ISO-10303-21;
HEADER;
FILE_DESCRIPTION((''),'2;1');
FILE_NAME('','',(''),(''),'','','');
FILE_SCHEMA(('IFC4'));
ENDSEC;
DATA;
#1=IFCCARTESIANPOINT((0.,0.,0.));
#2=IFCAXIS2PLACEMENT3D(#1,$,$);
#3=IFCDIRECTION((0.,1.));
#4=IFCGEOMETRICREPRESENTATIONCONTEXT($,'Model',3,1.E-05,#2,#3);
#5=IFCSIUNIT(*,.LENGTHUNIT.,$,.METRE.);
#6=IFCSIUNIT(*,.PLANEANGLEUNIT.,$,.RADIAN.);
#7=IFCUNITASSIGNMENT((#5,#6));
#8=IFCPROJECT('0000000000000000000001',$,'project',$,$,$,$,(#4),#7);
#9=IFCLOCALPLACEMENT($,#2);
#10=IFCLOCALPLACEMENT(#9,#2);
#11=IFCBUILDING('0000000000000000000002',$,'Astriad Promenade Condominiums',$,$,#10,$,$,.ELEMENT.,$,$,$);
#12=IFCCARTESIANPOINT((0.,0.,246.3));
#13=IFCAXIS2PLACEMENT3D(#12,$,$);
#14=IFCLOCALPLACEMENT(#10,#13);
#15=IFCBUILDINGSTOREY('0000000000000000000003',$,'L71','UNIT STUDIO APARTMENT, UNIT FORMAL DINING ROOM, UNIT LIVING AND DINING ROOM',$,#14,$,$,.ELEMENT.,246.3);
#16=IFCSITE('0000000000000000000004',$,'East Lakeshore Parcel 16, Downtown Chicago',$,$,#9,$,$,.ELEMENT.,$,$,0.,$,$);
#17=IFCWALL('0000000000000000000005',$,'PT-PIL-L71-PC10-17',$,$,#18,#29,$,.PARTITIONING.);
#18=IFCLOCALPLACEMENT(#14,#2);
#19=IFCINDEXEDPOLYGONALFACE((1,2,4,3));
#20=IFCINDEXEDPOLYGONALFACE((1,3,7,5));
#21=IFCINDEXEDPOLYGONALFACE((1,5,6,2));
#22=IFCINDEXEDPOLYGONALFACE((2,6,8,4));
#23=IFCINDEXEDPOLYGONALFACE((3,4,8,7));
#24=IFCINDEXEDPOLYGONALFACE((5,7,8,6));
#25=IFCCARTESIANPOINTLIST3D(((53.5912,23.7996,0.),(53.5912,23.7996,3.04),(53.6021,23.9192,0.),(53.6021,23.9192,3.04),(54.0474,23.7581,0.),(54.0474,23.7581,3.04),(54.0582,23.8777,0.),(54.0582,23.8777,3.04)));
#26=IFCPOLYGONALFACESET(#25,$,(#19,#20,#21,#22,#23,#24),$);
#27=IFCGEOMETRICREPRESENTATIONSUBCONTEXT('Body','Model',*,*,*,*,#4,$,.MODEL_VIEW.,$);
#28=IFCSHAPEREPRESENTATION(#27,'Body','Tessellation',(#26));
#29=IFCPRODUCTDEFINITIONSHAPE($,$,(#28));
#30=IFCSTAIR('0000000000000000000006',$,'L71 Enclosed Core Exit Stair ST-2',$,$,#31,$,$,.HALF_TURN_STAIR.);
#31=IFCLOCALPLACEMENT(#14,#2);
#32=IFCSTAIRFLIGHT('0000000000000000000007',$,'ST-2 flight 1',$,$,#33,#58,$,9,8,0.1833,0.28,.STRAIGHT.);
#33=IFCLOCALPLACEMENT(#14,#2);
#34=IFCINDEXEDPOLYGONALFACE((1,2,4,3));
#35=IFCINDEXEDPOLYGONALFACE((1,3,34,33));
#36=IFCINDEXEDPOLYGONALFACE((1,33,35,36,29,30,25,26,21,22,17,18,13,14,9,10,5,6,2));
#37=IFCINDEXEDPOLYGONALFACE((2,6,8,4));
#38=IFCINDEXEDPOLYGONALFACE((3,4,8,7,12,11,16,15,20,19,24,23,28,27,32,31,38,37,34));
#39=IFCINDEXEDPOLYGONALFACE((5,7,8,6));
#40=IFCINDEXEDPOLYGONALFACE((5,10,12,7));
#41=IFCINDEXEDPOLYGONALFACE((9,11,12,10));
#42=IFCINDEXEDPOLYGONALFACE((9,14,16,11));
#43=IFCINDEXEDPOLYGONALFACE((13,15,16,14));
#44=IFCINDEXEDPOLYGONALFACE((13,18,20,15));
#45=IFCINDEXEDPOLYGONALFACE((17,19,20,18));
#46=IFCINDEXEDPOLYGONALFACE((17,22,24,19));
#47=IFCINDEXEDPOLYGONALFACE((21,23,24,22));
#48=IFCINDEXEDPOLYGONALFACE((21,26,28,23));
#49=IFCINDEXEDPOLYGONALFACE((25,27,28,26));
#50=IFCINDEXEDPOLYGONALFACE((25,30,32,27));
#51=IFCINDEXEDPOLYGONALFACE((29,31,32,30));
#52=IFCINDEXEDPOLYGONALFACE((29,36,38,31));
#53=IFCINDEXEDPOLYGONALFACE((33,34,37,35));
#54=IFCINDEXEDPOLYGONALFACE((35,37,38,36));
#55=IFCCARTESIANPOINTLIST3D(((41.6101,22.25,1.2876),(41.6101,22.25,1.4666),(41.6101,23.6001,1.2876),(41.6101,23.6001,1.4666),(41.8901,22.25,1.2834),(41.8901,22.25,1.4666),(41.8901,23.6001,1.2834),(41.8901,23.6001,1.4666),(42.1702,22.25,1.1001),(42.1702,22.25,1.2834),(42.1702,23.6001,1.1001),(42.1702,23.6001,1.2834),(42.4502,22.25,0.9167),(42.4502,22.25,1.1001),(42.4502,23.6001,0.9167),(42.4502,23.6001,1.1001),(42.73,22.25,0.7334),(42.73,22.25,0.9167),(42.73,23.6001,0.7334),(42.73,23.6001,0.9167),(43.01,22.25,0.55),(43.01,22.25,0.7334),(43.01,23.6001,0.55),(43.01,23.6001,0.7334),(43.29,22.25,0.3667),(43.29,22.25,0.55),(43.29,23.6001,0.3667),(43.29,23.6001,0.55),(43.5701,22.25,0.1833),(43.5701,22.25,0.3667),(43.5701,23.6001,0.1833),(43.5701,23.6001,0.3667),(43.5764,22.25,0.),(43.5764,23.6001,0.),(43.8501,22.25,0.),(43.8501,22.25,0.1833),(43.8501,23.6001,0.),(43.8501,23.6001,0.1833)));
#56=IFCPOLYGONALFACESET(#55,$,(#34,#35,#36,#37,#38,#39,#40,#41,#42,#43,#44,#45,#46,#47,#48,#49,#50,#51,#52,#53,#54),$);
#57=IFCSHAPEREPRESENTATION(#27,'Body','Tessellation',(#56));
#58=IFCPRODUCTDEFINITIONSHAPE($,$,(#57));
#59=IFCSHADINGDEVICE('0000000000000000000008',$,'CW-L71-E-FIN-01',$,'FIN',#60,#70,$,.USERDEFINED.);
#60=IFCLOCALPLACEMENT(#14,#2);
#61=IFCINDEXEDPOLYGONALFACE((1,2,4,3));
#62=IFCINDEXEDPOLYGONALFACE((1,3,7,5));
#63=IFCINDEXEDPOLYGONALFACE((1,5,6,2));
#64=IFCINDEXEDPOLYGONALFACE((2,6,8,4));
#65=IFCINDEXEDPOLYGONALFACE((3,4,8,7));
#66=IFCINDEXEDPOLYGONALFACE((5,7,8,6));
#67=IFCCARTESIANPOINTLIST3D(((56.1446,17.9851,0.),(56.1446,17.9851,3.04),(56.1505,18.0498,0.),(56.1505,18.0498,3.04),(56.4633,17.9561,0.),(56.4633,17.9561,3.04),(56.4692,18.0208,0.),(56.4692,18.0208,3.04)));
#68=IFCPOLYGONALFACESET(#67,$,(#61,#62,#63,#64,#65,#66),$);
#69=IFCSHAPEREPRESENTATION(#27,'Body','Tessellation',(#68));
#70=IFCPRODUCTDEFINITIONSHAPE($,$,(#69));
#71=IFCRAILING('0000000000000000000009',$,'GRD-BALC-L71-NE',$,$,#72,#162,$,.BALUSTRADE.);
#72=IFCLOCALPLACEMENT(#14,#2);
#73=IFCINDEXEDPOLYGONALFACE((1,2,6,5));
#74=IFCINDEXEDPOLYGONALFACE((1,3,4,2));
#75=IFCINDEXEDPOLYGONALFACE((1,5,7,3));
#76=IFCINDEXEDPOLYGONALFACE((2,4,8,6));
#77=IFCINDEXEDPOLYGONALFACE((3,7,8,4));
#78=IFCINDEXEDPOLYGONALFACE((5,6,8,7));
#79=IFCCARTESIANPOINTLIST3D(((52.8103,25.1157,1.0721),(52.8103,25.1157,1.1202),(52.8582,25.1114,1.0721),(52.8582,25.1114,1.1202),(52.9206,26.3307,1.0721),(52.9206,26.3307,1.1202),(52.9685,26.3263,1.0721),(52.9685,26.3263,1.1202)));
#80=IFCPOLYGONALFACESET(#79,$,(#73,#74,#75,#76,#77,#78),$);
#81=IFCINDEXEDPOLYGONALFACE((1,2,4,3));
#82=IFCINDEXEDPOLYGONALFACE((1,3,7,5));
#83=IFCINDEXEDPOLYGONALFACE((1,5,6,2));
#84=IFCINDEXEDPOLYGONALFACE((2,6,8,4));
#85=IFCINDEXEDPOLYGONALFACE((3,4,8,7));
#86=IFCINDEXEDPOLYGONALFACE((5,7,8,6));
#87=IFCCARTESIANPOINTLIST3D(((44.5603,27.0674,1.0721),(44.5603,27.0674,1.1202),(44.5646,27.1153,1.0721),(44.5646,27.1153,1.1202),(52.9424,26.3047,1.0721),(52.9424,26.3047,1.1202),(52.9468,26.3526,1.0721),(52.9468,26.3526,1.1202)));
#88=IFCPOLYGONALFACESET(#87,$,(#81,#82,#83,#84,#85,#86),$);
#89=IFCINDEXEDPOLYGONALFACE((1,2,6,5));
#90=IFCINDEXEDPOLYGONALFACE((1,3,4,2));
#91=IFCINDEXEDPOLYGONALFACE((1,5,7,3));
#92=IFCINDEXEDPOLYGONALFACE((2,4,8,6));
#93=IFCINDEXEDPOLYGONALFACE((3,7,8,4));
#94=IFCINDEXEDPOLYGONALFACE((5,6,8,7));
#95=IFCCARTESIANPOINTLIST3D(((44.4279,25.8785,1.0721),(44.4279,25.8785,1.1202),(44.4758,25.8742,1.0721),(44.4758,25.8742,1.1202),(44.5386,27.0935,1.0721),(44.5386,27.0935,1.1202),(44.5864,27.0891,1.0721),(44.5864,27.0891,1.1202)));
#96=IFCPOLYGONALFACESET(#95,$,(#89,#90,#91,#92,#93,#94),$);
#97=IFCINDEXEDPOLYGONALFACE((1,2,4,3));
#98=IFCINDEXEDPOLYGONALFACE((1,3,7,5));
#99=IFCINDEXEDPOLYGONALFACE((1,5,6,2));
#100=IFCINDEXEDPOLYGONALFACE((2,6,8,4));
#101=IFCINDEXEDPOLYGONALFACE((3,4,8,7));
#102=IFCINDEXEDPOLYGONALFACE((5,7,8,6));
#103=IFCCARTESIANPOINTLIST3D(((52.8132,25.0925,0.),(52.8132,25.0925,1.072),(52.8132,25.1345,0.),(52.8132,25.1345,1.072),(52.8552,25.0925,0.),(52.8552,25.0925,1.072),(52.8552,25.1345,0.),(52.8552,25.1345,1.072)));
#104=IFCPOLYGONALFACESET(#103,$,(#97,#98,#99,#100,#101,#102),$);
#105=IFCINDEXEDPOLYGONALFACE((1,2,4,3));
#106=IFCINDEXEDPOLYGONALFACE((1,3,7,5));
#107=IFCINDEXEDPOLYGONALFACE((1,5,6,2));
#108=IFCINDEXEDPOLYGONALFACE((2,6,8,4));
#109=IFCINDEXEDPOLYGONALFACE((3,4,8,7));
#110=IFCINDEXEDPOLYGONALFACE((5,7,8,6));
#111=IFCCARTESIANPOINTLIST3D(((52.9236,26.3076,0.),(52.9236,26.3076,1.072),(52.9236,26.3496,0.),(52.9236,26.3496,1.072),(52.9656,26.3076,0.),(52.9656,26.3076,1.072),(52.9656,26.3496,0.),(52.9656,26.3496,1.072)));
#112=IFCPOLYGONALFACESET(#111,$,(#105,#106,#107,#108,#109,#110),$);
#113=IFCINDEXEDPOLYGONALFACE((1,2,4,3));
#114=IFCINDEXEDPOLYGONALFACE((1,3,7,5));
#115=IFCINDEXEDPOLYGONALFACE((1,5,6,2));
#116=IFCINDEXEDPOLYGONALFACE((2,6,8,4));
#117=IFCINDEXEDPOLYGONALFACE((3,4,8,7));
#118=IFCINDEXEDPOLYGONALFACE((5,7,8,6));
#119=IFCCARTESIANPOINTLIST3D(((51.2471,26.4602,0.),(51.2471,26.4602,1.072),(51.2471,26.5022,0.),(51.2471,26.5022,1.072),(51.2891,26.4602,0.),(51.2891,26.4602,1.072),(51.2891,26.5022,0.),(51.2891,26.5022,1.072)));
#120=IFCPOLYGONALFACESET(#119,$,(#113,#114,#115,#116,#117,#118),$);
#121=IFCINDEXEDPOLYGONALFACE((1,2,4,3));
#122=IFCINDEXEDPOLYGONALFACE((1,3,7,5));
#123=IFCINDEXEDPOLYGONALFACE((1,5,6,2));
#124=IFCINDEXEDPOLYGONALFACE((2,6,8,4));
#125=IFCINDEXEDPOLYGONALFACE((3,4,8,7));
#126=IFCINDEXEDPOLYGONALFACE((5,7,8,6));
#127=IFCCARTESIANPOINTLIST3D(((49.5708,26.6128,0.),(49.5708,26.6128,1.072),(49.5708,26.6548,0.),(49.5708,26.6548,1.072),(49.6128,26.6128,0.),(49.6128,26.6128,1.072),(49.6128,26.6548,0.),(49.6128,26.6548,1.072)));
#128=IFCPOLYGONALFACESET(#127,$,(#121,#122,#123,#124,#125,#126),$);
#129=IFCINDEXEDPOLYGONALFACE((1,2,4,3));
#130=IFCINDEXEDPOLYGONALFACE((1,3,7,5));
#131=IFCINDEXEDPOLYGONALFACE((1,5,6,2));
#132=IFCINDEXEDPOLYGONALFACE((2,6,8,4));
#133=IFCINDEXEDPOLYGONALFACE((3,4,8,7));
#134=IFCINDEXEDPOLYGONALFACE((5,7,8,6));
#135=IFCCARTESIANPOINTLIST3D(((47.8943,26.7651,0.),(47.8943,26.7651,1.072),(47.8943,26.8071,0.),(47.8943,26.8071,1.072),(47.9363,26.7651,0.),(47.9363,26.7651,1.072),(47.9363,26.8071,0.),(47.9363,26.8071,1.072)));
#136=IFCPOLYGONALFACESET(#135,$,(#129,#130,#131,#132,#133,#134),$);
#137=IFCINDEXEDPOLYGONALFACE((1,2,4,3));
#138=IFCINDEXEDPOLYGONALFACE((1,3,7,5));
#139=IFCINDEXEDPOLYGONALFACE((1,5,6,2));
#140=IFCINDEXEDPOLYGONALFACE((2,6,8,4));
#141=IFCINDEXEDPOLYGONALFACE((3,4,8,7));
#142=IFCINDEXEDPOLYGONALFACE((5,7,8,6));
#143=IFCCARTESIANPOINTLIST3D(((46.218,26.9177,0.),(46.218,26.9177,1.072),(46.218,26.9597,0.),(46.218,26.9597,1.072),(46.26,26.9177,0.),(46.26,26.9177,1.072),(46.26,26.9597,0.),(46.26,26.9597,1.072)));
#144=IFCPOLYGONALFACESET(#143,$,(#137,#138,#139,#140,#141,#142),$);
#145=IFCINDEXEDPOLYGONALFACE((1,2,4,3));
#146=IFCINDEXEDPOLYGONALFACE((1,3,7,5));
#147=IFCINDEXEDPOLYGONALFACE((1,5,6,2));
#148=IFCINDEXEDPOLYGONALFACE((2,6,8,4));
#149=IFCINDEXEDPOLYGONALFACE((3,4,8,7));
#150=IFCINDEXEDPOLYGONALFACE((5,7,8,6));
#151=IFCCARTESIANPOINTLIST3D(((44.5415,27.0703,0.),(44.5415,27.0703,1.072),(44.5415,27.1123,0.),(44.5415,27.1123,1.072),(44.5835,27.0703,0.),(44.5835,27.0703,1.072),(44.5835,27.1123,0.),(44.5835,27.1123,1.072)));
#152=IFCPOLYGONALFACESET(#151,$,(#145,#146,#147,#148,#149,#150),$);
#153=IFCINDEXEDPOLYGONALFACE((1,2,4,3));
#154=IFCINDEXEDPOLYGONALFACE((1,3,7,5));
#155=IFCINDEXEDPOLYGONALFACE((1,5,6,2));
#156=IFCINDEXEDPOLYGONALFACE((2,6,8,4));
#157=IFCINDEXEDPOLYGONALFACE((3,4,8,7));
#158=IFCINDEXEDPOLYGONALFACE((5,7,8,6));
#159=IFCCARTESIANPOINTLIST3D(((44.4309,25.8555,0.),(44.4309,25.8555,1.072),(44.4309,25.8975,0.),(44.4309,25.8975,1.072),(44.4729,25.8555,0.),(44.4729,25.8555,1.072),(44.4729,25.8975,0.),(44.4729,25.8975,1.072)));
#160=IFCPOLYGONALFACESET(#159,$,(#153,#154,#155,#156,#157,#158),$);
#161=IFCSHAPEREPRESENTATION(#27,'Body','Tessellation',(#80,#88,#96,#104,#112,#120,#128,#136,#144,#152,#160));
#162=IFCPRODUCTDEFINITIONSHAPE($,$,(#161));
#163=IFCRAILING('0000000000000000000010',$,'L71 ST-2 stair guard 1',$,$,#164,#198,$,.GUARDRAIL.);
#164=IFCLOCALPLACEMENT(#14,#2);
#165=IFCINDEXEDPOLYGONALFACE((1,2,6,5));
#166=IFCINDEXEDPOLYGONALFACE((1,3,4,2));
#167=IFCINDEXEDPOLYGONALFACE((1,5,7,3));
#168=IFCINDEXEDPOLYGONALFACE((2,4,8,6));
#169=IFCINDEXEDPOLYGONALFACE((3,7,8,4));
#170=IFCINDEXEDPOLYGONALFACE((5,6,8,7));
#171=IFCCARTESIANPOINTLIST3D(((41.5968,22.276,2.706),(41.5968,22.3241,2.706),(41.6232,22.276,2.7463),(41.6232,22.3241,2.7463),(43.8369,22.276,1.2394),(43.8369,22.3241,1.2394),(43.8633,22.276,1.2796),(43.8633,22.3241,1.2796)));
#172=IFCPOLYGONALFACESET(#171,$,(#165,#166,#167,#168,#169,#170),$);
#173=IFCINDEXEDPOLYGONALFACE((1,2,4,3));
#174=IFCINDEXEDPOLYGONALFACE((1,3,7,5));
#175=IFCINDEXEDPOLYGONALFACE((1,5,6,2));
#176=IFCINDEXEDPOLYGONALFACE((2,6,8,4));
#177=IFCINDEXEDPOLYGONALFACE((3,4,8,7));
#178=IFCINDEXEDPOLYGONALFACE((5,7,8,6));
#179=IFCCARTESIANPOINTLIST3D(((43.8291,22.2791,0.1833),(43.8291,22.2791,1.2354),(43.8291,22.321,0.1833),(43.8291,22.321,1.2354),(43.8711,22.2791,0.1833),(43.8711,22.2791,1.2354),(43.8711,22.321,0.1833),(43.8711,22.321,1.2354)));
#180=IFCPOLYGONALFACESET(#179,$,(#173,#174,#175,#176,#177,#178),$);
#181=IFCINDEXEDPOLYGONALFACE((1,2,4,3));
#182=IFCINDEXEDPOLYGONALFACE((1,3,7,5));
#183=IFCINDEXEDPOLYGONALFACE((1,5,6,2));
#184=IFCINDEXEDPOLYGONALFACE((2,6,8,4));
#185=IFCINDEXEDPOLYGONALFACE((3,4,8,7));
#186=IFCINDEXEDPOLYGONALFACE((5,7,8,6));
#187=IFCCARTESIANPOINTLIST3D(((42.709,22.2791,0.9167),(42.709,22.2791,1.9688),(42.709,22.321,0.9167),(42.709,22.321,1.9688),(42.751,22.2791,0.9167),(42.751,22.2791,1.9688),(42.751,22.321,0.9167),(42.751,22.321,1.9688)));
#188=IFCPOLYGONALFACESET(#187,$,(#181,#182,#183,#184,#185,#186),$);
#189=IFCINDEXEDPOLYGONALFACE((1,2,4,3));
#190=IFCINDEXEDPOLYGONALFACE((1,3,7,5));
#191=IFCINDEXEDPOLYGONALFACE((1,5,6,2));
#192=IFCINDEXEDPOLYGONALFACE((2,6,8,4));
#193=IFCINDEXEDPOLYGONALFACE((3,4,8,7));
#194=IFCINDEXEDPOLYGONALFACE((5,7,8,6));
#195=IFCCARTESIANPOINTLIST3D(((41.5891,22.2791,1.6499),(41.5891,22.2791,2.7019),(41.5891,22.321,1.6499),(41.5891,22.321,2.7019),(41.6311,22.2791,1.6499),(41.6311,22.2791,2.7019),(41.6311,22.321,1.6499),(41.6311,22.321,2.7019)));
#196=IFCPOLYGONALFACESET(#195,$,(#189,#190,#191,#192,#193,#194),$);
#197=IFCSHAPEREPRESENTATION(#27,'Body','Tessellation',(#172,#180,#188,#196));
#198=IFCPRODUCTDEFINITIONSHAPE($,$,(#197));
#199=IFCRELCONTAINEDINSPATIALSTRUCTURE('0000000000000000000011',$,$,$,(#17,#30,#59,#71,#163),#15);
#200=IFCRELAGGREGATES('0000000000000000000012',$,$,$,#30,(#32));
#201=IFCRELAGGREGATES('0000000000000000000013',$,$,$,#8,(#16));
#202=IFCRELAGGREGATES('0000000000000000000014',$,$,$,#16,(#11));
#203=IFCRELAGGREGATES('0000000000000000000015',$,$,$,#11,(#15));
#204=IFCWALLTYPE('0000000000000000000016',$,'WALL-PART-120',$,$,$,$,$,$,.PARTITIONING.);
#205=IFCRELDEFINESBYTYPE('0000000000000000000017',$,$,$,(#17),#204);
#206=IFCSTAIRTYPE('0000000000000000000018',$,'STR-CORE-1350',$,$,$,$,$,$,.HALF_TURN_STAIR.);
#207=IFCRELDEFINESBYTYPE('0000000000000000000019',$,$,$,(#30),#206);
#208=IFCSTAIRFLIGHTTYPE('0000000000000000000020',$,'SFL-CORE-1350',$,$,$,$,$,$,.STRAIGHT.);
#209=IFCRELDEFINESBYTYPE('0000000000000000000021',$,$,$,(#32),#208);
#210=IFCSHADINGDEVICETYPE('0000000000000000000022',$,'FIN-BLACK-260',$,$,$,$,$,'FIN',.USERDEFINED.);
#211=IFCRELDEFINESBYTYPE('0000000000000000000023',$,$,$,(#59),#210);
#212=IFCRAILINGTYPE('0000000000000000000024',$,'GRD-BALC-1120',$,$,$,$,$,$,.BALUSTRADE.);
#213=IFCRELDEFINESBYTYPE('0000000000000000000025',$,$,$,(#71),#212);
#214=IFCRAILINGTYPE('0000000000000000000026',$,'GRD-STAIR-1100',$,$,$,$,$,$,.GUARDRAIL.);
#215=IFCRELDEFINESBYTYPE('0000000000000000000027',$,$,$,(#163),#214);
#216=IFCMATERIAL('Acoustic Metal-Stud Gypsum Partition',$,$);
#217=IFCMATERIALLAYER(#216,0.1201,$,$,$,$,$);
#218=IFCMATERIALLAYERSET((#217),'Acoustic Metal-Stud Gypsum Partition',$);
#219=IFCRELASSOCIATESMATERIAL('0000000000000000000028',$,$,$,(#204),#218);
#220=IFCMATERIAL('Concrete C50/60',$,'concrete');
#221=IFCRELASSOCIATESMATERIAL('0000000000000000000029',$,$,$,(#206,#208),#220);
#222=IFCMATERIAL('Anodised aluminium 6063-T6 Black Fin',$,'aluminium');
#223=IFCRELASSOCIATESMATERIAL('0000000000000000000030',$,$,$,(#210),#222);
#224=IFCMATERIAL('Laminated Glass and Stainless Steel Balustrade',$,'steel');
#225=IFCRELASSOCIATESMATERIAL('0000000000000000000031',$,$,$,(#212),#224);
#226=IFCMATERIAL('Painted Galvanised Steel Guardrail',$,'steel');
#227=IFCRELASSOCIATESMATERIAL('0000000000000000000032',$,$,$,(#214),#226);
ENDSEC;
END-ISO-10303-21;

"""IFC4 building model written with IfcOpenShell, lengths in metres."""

from ifc_helpers import new_model, si_unit, direction, frame, frame_2d, origin, origin_2d, place, context, subcontext, project, spatial, polyline, rectangle, outline, extrude, source, transform, mapped, material, layer, layer_set, type_object, type_shapes, element, aggregate, save


model = new_model("IFC4")

# Units and contexts
model_context = context("Model", 3, precision=1e-05, world=origin(), true_north=direction((0.0, 1.0)))
body_context = subcontext(model_context, "Body", "Model", "MODEL_VIEW")
ifc_project = project(units=[si_unit("LENGTHUNIT", "METRE"), si_unit("PLANEANGLEUNIT", "RADIAN")], contexts=[model_context])

# Site, building, storey
site_placement = place(None, origin())
site = spatial("IfcSite", under=ifc_project, at=site_placement, Name="East Lakeshore Parcel 16, Downtown Chicago", CompositionType="ELEMENT", RefElevation=0.0)
building_placement = place(site_placement, origin())
building = spatial("IfcBuilding", under=site, at=building_placement, Name="Astriad Promenade Condominiums", CompositionType="ELEMENT")
storey_placement = place(building_placement, frame((0.0, 0.0, 246.3)))
storey = spatial("IfcBuildingStorey", under=building, at=storey_placement, Name="L71", Description="UNIT STUDIO APARTMENT, UNIT FORMAL DINING ROOM, UNIT LIVING AND DINING ROOM", CompositionType="ELEMENT", Elevation=246.3)

# Shared definitions
ifc_material_1 = material(Name="Concrete C50/60", Category="concrete")

# Shared definitions
ifc_material_2 = material(Name="Acoustic Metal-Stud Gypsum Partition")
ifc_layer_1 = layer(ifc_material_2, 0.1201)
ifc_layer_set_1 = layer_set([ifc_layer_1], Name="Acoustic Metal-Stud Gypsum Partition")
wall_type_1 = type_object("IfcWallType", Name="WALL-PART-120", PredefinedType="PARTITIONING", material=ifc_layer_set_1)

# Wall
wall_1_placement = place(storey_placement, frame((53.5967, 23.8594, 0.0), z_axis=(0.0, 0.0, 1.0), x_axis=(0.995884, -0.090632, 0.0)))
element("IfcWall", 1, at=wall_1_placement, inside=storey, type_object=wall_type_1, Name="PT-PIL-L71-PC10-17", PredefinedType="PARTITIONING", context=body_context, shape_type="SweptSolid", body=[
    extrude(rectangle(XDim=0.458, YDim=0.1201, at=frame_2d((0.229, 0.0))), origin(), (0.0, 0.0, 1.0), 3.04),
])

# Stair, stair flight
stair_type = type_object("IfcStairType", Name="STR-CORE-1350", PredefinedType="HALF_TURN_STAIR", material=ifc_material_1)
stair_placement = place(storey_placement, origin())
stair = element("IfcStair", 2, at=stair_placement, inside=storey, type_object=stair_type, Name="L71 Enclosed Core Exit Stair ST-2", PredefinedType="HALF_TURN_STAIR")
stair_flight_type = type_object("IfcStairFlightType", Name="SFL-CORE-1350", PredefinedType="STRAIGHT", material=ifc_material_1)
shared_shape_1 = source(origin(), body_context, "Body", "SweptSolid", [
    extrude(outline(polyline([(0.0, 0.0), (0.0, 0.1833), (0.28, 0.1833), (0.28, 0.3667), (0.5601, 0.3667), (0.5601, 0.55), (0.8401, 0.55), (0.8401, 0.7334), (1.1201, 0.7334), (1.1201, 0.9167), (1.3999, 0.9167), (1.3999, 1.1001), (1.6799, 1.1001), (1.6799, 1.2834), (1.96, 1.2834), (1.96, 1.4666), (2.24, 1.4666), (2.24, 1.6499), (2.24, 1.2876), (0.2737, 0.0), (0.0, 0.0)])), frame((0.0, 0.675, 0.0), z_axis=(0.0, -1.0, 0.0), x_axis=(1.0, 0.0, 0.0)), (0.0, 0.0, 1.0), 1.3501),
])
type_shapes(stair_flight_type, [shared_shape_1])
stair_flight_placement = place(storey_placement, frame((43.8501, 22.925, 0.0), z_axis=(0.0, 0.0, 1.0), x_axis=(-1.0, 0.0, 0.0)))
stair_flight = element("IfcStairFlight", 3, at=stair_flight_placement, type_object=stair_flight_type, Name="ST-2 flight 1", NumberOfRisers=9, NumberOfTreads=8, PredefinedType="STRAIGHT", RiserHeight=0.1833, TreadLength=0.28, context=body_context, shape_type="MappedRepresentation", body=[
    mapped(shared_shape_1, transform((0.0, 0.0, 0.0), scale=1.0)),
])
aggregate(stair, [stair_flight])

# Shading device
ifc_material_3 = material(Name="Anodised aluminium 6063-T6 Black Fin", Category="aluminium")
shading_device_type = type_object("IfcShadingDeviceType", Name="FIN-BLACK-260", ElementType="FIN", PredefinedType="USERDEFINED", material=ifc_material_3)
shared_shape_2 = source(origin(), body_context, "Body", "SweptSolid", [
    extrude(rectangle(XDim=0.0649, YDim=0.3201, at=origin_2d()), origin(), (0.0, 0.0, 1.0), 3.04),
])
type_shapes(shading_device_type, [shared_shape_2])
shading_device_placement = place(storey_placement, frame((56.3069, 18.0029, 0.0), z_axis=(0.0, 0.0, 1.0), x_axis=(-0.090633, -0.995884, 0.0)))
element("IfcShadingDevice", 4, at=shading_device_placement, inside=storey, type_object=shading_device_type, Name="CW-L71-E-FIN-01", ObjectType="FIN", PredefinedType="USERDEFINED", context=body_context, shape_type="MappedRepresentation", body=[
    mapped(shared_shape_2, transform((0.0, 0.0, 0.0), scale=1.0)),
])

# Railings
ifc_material_4 = material(Name="Laminated Glass and Stainless Steel Balustrade", Category="steel")
railing_type_1 = type_object("IfcRailingType", Name="GRD-BALC-1120", PredefinedType="BALUSTRADE", material=ifc_material_4)
shared_shape_3 = source(origin(), body_context, "Body", "SweptSolid", [
    extrude(rectangle(XDim=0.0481, YDim=0.0481, at=origin_2d()), frame((0.0, 0.0, 1.0962), z_axis=(0.090446, 0.995901, 0.0), x_axis=(-0.995901, 0.090446, 0.0)), (0.0, 0.0, 1.0), 1.22),
    extrude(rectangle(XDim=0.0481, YDim=0.0481, at=origin_2d()), frame((0.1104, 1.2151, 1.0962), z_axis=(-0.995886, 0.090617, 0.0), x_axis=(-0.090617, -0.995886, 0.0)), (0.0, 0.0, 1.0), 8.4167),
    extrude(rectangle(XDim=0.0481, YDim=0.0481, at=origin_2d()), frame((-8.2717, 1.9778, 1.0962), z_axis=(-0.090662, -0.995882, 0.0), x_axis=(0.995882, -0.090662, 0.0)), (0.0, 0.0, 1.0), 1.22),
    extrude(rectangle(XDim=0.042, YDim=0.042, at=origin_2d()), origin(), (0.0, 0.0, 1.0), 1.072),
    extrude(rectangle(XDim=0.042, YDim=0.042, at=origin_2d()), frame((0.1104, 1.2151, 0.0)), (0.0, 0.0, 1.0), 1.072),
    extrude(rectangle(XDim=0.042, YDim=0.042, at=origin_2d()), frame((-1.5662, 1.3677, 0.0)), (0.0, 0.0, 1.0), 1.072),
    extrude(rectangle(XDim=0.042, YDim=0.042, at=origin_2d()), frame((-3.2424, 1.5203, 0.0)), (0.0, 0.0, 1.0), 1.072),
    extrude(rectangle(XDim=0.042, YDim=0.042, at=origin_2d()), frame((-4.9189, 1.6726, 0.0)), (0.0, 0.0, 1.0), 1.072),
    extrude(rectangle(XDim=0.042, YDim=0.042, at=origin_2d()), frame((-6.5952, 1.8252, 0.0)), (0.0, 0.0, 1.0), 1.072),
    extrude(rectangle(XDim=0.042, YDim=0.042, at=origin_2d()), frame((-8.2717, 1.9778, 0.0)), (0.0, 0.0, 1.0), 1.072),
    extrude(rectangle(XDim=0.042, YDim=0.042, at=origin_2d()), frame((-8.3823, 0.7629, 0.0)), (0.0, 0.0, 1.0), 1.072),
])
type_shapes(railing_type_1, [shared_shape_3])
railing_1_placement = place(storey_placement, frame((52.8342, 25.1135, 0.0)))
element("IfcRailing", 5, at=railing_1_placement, inside=storey, type_object=railing_type_1, Name="GRD-BALC-L71-NE", PredefinedType="BALUSTRADE", context=body_context, shape_type="MappedRepresentation", body=[
    mapped(shared_shape_3, transform((0.0, 0.0, 0.0), scale=1.0)),
])
ifc_material_5 = material(Name="Painted Galvanised Steel Guardrail", Category="steel")
railing_type_2 = type_object("IfcRailingType", Name="GRD-STAIR-1100", PredefinedType="GUARDRAIL", material=ifc_material_5)
shared_shape_4 = source(origin(), body_context, "Body", "SweptSolid", [
    extrude(rectangle(XDim=0.0481, YDim=0.0481, at=origin_2d()), frame((0.0, 0.0, 1.0762), z_axis=(-0.836637, 0.0, 0.547758), x_axis=(0.0, -1.0, 0.0)), (0.0, 0.0, 1.0), 2.6775),
    extrude(rectangle(XDim=0.042, YDim=0.042, at=origin_2d()), origin(), (0.0, 0.0, 1.0), 1.052),
    extrude(rectangle(XDim=0.042, YDim=0.042, at=origin_2d()), frame((-1.1201, 0.0, 0.7334)), (0.0, 0.0, 1.0), 1.052),
    extrude(rectangle(XDim=0.042, YDim=0.042, at=origin_2d()), frame((-2.24, 0.0, 1.4666)), (0.0, 0.0, 1.0), 1.052),
])
railing_2_placement = place(storey_placement, frame((43.8501, 22.3, 0.1833)))
element("IfcRailing", 6, at=railing_2_placement, inside=storey, type_object=railing_type_2, Name="L71 ST-2 stair guard 1", PredefinedType="GUARDRAIL", context=body_context, shape_type="MappedRepresentation", body=[
    mapped(shared_shape_4, transform((0.0, 0.0, 0.0), scale=1.0)),
])

save(model, "model.ifc")
